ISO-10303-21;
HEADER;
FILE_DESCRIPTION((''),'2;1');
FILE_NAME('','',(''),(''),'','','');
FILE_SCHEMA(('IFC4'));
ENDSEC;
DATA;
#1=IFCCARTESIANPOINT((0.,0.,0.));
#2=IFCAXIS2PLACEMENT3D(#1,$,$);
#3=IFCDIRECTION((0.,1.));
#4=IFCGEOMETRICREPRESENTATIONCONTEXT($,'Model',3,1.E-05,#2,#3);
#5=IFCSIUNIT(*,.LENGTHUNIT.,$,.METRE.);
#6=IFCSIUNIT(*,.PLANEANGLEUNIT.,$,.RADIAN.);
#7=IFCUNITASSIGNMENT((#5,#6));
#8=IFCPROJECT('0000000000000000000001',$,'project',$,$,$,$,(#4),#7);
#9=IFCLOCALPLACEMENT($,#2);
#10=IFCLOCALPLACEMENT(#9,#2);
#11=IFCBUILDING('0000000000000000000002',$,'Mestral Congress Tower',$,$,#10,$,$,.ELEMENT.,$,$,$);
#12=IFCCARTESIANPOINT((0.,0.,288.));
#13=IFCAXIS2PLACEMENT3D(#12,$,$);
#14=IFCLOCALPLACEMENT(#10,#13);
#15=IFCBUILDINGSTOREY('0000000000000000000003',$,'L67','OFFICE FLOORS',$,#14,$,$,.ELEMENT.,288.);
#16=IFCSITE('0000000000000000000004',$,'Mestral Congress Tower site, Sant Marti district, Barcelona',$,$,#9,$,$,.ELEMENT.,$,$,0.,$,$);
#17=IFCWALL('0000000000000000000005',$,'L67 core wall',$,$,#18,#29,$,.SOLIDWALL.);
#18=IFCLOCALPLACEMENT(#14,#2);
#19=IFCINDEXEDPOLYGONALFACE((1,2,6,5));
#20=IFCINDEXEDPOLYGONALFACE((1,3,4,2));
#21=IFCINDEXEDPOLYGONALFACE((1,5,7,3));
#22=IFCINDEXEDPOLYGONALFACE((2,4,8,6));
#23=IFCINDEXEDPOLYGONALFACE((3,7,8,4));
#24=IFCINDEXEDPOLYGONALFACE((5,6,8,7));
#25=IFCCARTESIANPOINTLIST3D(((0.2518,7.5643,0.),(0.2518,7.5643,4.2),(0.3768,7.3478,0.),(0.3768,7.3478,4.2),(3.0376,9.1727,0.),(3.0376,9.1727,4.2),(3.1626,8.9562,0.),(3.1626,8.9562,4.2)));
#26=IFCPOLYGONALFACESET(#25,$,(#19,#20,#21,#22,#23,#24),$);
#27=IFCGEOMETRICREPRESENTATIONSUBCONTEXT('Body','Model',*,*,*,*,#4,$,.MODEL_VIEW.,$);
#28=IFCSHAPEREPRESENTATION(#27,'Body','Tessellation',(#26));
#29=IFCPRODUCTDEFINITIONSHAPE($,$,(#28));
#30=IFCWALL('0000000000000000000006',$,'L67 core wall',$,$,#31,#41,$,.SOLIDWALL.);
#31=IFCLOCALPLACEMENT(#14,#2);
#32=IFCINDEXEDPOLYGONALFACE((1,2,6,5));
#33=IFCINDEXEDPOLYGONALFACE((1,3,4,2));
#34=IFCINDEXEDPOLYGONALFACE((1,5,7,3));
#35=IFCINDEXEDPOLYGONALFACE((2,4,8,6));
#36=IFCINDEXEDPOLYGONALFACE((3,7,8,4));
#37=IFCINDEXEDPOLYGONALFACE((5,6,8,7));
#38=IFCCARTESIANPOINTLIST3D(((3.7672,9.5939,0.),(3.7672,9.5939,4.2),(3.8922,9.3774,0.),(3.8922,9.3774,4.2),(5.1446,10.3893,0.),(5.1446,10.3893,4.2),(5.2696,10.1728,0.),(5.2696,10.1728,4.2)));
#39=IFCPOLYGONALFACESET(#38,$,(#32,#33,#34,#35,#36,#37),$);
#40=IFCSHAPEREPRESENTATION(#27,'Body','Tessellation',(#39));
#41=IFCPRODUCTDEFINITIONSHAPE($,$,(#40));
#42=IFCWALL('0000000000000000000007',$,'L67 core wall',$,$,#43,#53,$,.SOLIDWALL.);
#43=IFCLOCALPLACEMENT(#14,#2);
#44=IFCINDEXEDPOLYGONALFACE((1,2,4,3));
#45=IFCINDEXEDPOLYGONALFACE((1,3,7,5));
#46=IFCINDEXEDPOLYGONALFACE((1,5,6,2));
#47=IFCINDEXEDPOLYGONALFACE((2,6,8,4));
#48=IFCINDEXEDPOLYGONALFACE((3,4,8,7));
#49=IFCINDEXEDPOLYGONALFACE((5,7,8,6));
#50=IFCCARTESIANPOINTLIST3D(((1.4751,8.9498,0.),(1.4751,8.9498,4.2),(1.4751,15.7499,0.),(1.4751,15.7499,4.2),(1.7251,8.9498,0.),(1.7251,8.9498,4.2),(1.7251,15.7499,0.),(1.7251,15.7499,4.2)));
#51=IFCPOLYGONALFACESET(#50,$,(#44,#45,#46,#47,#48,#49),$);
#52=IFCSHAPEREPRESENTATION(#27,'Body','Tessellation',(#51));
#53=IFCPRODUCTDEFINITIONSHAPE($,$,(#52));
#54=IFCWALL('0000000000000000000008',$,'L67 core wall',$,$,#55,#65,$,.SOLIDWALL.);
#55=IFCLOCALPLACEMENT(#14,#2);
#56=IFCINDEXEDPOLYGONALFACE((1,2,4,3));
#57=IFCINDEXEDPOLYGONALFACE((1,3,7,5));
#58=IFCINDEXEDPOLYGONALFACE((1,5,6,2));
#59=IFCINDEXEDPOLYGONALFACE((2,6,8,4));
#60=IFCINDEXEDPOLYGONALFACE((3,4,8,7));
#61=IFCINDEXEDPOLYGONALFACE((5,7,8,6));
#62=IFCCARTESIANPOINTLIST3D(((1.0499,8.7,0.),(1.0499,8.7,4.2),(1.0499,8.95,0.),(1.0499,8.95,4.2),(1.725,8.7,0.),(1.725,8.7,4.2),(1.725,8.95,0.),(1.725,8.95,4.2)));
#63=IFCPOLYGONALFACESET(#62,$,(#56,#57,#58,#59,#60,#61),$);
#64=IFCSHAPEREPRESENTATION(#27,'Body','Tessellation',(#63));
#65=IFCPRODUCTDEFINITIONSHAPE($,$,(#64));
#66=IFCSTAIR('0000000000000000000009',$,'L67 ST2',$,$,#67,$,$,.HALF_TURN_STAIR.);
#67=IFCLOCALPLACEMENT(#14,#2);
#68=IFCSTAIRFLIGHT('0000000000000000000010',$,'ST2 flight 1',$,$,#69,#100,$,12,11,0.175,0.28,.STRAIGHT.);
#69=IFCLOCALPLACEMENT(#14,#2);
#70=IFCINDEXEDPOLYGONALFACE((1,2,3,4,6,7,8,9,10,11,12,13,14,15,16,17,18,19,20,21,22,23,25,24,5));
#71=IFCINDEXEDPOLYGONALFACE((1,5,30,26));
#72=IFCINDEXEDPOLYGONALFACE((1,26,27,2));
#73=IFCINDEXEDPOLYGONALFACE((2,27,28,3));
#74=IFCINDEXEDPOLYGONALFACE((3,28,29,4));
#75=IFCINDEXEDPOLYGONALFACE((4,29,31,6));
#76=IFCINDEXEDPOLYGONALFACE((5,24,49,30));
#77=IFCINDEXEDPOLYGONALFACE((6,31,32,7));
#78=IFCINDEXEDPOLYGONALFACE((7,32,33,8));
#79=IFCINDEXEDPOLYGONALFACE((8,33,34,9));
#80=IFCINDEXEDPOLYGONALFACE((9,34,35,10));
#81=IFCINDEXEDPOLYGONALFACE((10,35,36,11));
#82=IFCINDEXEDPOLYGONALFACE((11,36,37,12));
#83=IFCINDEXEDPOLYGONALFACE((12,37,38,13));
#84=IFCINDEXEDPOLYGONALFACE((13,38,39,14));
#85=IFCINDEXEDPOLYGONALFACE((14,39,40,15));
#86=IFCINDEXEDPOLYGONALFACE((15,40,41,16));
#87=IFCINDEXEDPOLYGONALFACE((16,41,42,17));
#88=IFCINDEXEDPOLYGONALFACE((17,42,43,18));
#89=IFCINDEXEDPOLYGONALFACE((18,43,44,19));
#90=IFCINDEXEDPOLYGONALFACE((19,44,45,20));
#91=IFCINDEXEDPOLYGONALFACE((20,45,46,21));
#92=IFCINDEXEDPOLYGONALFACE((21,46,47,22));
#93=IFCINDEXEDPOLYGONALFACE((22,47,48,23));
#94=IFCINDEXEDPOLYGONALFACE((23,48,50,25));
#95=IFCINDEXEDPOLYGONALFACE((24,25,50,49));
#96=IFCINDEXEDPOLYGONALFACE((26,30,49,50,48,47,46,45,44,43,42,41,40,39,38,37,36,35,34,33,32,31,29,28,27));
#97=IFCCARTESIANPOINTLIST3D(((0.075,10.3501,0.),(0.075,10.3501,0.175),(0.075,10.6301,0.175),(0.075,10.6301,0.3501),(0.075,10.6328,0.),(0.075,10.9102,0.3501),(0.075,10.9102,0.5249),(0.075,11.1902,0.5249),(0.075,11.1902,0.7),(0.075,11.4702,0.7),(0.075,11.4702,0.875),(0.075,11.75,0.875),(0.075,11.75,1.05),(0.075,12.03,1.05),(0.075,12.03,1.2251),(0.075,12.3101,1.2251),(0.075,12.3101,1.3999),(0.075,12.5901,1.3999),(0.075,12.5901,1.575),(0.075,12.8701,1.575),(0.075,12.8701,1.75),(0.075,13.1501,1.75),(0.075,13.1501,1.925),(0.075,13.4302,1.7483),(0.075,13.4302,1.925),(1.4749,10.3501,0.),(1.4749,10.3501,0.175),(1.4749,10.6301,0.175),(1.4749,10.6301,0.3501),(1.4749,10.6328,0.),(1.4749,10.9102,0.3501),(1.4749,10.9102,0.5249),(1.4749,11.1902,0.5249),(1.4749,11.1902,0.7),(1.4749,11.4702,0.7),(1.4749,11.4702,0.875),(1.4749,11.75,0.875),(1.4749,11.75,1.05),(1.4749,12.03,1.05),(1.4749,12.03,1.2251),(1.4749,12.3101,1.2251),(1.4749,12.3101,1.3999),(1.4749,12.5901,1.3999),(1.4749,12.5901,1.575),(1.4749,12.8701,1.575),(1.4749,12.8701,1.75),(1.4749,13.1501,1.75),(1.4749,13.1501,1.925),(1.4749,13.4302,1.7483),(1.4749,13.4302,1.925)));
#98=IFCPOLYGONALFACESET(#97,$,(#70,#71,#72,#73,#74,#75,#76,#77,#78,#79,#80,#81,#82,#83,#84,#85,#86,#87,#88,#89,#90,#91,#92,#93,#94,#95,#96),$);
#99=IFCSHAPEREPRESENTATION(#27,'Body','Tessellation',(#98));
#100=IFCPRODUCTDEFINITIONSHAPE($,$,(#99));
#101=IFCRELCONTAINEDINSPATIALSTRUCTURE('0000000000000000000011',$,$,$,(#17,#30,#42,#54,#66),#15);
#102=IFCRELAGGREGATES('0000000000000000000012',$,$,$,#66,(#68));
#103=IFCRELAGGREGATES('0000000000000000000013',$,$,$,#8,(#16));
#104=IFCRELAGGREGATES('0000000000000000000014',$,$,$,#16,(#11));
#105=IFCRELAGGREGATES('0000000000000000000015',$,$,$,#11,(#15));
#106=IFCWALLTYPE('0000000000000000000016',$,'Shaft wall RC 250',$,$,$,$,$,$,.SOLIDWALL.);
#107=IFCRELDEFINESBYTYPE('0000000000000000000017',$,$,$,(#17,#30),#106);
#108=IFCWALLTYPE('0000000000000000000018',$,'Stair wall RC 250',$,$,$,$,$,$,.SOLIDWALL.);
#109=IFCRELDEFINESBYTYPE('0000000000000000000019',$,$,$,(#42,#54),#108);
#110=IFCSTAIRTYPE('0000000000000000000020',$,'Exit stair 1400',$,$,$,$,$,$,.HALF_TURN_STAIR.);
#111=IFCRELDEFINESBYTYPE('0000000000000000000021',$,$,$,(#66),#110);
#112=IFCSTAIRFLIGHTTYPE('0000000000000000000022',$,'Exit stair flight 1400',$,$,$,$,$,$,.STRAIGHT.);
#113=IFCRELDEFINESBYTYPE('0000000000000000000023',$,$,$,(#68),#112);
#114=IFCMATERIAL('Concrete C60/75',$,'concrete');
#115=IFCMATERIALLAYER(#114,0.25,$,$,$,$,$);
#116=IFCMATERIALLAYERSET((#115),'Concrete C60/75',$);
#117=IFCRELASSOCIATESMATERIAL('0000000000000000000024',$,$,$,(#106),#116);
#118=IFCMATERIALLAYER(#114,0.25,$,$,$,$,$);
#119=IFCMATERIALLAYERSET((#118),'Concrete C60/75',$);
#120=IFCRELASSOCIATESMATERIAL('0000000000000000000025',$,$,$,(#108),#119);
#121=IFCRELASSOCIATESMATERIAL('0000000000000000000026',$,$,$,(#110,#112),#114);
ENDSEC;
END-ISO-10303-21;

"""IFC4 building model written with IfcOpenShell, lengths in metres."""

from ifc_helpers import new_model, si_unit, direction, frame, frame_2d, origin, place, context, subcontext, project, spatial, polyline, rectangle, outline, extrude, material, layer, layer_set, type_object, element, aggregate, save


model = new_model("IFC4")

# Units and contexts
model_context = context("Model", 3, precision=1e-05, world=origin(), true_north=direction((0.0, 1.0)))
body_context = subcontext(model_context, "Body", "Model", "MODEL_VIEW")
ifc_project = project(units=[si_unit("LENGTHUNIT", "METRE"), si_unit("PLANEANGLEUNIT", "RADIAN")], contexts=[model_context])

# Site, building, storey
site_placement = place(None, origin())
site = spatial("IfcSite", under=ifc_project, at=site_placement, Name="Mestral Congress Tower site, Sant Marti district, Barcelona", CompositionType="ELEMENT", RefElevation=0.0)
building_placement = place(site_placement, origin())
building = spatial("IfcBuilding", under=site, at=building_placement, Name="Mestral Congress Tower", CompositionType="ELEMENT")
storey_placement = place(building_placement, frame((0.0, 0.0, 288.0)))
storey = spatial("IfcBuildingStorey", under=building, at=storey_placement, Name="L67", Description="OFFICE FLOORS", CompositionType="ELEMENT", Elevation=288.0)

# Shared definitions
ifc_material_1 = material(Name="Concrete C60/75", Category="concrete")

# Walls
ifc_layer_1 = layer(ifc_material_1, 0.25)
ifc_layer_set_1 = layer_set([ifc_layer_1], Name="Concrete C60/75")
wall_type_1 = type_object("IfcWallType", Name="Shaft wall RC 250", PredefinedType="SOLIDWALL", material=ifc_layer_set_1)
wall_1_placement = place(storey_placement, frame((3.1001, 9.0645, 0.0), z_axis=(0.0, 0.0, 1.0), x_axis=(-0.86603, -0.499992, 0.0)))
element("IfcWall", 1, at=wall_1_placement, inside=storey, type_object=wall_type_1, Name="L67 core wall", PredefinedType="SOLIDWALL", context=body_context, shape_type="SweptSolid", body=[
    extrude(rectangle(XDim=3.2168, YDim=0.25, at=frame_2d((1.6084, 0.0))), origin(), (0.0, 0.0, 1.0), 4.2),
])
wall_2_placement = place(storey_placement, frame((3.8296, 9.4856, 0.0), z_axis=(0.0, 0.0, 1.0), x_axis=(0.865986, 0.500068, 0.0)))
element("IfcWall", 2, at=wall_2_placement, inside=storey, type_object=wall_type_1, Name="L67 core wall", PredefinedType="SOLIDWALL", context=body_context, shape_type="SweptSolid", body=[
    extrude(rectangle(XDim=1.5906, YDim=0.25, at=frame_2d((0.7954, 0.0))), origin(), (0.0, 0.0, 1.0), 4.2),
])
ifc_layer_2 = layer(ifc_material_1, 0.25)
ifc_layer_set_2 = layer_set([ifc_layer_2], Name="Concrete C60/75")
wall_type_2 = type_object("IfcWallType", Name="Stair wall RC 250", PredefinedType="SOLIDWALL", material=ifc_layer_set_2)
wall_3_placement = place(storey_placement, frame((1.6001, 8.95, 0.0), z_axis=(0.0, 0.0, 1.0), x_axis=(0.0, 1.0, 0.0)))
element("IfcWall", 3, at=wall_3_placement, inside=storey, type_object=wall_type_2, Name="L67 core wall", PredefinedType="SOLIDWALL", context=body_context, shape_type="SweptSolid", body=[
    extrude(rectangle(XDim=6.8, YDim=0.25, at=frame_2d((3.3999, 0.0))), origin(), (0.0, 0.0, 1.0), 4.2),
])
wall_4_placement = place(storey_placement, frame((1.05, 8.825, 0.0), z_axis=(0.0, 0.0, 1.0), x_axis=(1.0, 0.0, 0.0)))
element("IfcWall", 4, at=wall_4_placement, inside=storey, type_object=wall_type_2, Name="L67 core wall", PredefinedType="SOLIDWALL", context=body_context, shape_type="SweptSolid", body=[
    extrude(rectangle(XDim=0.675, YDim=0.25, at=frame_2d((0.3374, 0.0))), origin(), (0.0, 0.0, 1.0), 4.2),
])

# Stair, stair flight
stair_type = type_object("IfcStairType", Name="Exit stair 1400", PredefinedType="HALF_TURN_STAIR", material=ifc_material_1)
stair_placement = place(storey_placement, origin())
stair = element("IfcStair", 5, at=stair_placement, inside=storey, type_object=stair_type, Name="L67 ST2", PredefinedType="HALF_TURN_STAIR")
stair_flight_type = type_object("IfcStairFlightType", Name="Exit stair flight 1400", PredefinedType="STRAIGHT", material=ifc_material_1)
stair_flight_placement = place(storey_placement, frame((0.7749, 10.3501, 0.0), z_axis=(0.0, 0.0, 1.0), x_axis=(0.0, 1.0, 0.0)))
stair_flight = element("IfcStairFlight", 6, at=stair_flight_placement, type_object=stair_flight_type, Name="ST2 flight 1", NumberOfRisers=12, NumberOfTreads=11, PredefinedType="STRAIGHT", RiserHeight=0.175, TreadLength=0.28, context=body_context, shape_type="SweptSolid", body=[
    extrude(outline(polyline([(0.0, 0.0), (0.0, 0.175), (0.28, 0.175), (0.28, 0.3501), (0.5601, 0.3501), (0.5601, 0.5249), (0.8401, 0.5249), (0.8401, 0.7), (1.1201, 0.7), (1.1201, 0.875), (1.3999, 0.875), (1.3999, 1.05), (1.6799, 1.05), (1.6799, 1.2251), (1.96, 1.2251), (1.96, 1.3999), (2.24, 1.3999), (2.24, 1.575), (2.52, 1.575), (2.52, 1.75), (2.8, 1.75), (2.8, 1.925), (3.0801, 1.925), (3.0801, 2.1001), (3.0801, 1.7483), (0.2827, 0.0), (0.0, 0.0)])), frame((0.0, 0.7, 0.0), z_axis=(0.0, -1.0, 0.0), x_axis=(1.0, 0.0, 0.0)), (0.0, 0.0, 1.0), 1.3999),
])
aggregate(stair, [stair_flight])

save(model, "model.ifc")
